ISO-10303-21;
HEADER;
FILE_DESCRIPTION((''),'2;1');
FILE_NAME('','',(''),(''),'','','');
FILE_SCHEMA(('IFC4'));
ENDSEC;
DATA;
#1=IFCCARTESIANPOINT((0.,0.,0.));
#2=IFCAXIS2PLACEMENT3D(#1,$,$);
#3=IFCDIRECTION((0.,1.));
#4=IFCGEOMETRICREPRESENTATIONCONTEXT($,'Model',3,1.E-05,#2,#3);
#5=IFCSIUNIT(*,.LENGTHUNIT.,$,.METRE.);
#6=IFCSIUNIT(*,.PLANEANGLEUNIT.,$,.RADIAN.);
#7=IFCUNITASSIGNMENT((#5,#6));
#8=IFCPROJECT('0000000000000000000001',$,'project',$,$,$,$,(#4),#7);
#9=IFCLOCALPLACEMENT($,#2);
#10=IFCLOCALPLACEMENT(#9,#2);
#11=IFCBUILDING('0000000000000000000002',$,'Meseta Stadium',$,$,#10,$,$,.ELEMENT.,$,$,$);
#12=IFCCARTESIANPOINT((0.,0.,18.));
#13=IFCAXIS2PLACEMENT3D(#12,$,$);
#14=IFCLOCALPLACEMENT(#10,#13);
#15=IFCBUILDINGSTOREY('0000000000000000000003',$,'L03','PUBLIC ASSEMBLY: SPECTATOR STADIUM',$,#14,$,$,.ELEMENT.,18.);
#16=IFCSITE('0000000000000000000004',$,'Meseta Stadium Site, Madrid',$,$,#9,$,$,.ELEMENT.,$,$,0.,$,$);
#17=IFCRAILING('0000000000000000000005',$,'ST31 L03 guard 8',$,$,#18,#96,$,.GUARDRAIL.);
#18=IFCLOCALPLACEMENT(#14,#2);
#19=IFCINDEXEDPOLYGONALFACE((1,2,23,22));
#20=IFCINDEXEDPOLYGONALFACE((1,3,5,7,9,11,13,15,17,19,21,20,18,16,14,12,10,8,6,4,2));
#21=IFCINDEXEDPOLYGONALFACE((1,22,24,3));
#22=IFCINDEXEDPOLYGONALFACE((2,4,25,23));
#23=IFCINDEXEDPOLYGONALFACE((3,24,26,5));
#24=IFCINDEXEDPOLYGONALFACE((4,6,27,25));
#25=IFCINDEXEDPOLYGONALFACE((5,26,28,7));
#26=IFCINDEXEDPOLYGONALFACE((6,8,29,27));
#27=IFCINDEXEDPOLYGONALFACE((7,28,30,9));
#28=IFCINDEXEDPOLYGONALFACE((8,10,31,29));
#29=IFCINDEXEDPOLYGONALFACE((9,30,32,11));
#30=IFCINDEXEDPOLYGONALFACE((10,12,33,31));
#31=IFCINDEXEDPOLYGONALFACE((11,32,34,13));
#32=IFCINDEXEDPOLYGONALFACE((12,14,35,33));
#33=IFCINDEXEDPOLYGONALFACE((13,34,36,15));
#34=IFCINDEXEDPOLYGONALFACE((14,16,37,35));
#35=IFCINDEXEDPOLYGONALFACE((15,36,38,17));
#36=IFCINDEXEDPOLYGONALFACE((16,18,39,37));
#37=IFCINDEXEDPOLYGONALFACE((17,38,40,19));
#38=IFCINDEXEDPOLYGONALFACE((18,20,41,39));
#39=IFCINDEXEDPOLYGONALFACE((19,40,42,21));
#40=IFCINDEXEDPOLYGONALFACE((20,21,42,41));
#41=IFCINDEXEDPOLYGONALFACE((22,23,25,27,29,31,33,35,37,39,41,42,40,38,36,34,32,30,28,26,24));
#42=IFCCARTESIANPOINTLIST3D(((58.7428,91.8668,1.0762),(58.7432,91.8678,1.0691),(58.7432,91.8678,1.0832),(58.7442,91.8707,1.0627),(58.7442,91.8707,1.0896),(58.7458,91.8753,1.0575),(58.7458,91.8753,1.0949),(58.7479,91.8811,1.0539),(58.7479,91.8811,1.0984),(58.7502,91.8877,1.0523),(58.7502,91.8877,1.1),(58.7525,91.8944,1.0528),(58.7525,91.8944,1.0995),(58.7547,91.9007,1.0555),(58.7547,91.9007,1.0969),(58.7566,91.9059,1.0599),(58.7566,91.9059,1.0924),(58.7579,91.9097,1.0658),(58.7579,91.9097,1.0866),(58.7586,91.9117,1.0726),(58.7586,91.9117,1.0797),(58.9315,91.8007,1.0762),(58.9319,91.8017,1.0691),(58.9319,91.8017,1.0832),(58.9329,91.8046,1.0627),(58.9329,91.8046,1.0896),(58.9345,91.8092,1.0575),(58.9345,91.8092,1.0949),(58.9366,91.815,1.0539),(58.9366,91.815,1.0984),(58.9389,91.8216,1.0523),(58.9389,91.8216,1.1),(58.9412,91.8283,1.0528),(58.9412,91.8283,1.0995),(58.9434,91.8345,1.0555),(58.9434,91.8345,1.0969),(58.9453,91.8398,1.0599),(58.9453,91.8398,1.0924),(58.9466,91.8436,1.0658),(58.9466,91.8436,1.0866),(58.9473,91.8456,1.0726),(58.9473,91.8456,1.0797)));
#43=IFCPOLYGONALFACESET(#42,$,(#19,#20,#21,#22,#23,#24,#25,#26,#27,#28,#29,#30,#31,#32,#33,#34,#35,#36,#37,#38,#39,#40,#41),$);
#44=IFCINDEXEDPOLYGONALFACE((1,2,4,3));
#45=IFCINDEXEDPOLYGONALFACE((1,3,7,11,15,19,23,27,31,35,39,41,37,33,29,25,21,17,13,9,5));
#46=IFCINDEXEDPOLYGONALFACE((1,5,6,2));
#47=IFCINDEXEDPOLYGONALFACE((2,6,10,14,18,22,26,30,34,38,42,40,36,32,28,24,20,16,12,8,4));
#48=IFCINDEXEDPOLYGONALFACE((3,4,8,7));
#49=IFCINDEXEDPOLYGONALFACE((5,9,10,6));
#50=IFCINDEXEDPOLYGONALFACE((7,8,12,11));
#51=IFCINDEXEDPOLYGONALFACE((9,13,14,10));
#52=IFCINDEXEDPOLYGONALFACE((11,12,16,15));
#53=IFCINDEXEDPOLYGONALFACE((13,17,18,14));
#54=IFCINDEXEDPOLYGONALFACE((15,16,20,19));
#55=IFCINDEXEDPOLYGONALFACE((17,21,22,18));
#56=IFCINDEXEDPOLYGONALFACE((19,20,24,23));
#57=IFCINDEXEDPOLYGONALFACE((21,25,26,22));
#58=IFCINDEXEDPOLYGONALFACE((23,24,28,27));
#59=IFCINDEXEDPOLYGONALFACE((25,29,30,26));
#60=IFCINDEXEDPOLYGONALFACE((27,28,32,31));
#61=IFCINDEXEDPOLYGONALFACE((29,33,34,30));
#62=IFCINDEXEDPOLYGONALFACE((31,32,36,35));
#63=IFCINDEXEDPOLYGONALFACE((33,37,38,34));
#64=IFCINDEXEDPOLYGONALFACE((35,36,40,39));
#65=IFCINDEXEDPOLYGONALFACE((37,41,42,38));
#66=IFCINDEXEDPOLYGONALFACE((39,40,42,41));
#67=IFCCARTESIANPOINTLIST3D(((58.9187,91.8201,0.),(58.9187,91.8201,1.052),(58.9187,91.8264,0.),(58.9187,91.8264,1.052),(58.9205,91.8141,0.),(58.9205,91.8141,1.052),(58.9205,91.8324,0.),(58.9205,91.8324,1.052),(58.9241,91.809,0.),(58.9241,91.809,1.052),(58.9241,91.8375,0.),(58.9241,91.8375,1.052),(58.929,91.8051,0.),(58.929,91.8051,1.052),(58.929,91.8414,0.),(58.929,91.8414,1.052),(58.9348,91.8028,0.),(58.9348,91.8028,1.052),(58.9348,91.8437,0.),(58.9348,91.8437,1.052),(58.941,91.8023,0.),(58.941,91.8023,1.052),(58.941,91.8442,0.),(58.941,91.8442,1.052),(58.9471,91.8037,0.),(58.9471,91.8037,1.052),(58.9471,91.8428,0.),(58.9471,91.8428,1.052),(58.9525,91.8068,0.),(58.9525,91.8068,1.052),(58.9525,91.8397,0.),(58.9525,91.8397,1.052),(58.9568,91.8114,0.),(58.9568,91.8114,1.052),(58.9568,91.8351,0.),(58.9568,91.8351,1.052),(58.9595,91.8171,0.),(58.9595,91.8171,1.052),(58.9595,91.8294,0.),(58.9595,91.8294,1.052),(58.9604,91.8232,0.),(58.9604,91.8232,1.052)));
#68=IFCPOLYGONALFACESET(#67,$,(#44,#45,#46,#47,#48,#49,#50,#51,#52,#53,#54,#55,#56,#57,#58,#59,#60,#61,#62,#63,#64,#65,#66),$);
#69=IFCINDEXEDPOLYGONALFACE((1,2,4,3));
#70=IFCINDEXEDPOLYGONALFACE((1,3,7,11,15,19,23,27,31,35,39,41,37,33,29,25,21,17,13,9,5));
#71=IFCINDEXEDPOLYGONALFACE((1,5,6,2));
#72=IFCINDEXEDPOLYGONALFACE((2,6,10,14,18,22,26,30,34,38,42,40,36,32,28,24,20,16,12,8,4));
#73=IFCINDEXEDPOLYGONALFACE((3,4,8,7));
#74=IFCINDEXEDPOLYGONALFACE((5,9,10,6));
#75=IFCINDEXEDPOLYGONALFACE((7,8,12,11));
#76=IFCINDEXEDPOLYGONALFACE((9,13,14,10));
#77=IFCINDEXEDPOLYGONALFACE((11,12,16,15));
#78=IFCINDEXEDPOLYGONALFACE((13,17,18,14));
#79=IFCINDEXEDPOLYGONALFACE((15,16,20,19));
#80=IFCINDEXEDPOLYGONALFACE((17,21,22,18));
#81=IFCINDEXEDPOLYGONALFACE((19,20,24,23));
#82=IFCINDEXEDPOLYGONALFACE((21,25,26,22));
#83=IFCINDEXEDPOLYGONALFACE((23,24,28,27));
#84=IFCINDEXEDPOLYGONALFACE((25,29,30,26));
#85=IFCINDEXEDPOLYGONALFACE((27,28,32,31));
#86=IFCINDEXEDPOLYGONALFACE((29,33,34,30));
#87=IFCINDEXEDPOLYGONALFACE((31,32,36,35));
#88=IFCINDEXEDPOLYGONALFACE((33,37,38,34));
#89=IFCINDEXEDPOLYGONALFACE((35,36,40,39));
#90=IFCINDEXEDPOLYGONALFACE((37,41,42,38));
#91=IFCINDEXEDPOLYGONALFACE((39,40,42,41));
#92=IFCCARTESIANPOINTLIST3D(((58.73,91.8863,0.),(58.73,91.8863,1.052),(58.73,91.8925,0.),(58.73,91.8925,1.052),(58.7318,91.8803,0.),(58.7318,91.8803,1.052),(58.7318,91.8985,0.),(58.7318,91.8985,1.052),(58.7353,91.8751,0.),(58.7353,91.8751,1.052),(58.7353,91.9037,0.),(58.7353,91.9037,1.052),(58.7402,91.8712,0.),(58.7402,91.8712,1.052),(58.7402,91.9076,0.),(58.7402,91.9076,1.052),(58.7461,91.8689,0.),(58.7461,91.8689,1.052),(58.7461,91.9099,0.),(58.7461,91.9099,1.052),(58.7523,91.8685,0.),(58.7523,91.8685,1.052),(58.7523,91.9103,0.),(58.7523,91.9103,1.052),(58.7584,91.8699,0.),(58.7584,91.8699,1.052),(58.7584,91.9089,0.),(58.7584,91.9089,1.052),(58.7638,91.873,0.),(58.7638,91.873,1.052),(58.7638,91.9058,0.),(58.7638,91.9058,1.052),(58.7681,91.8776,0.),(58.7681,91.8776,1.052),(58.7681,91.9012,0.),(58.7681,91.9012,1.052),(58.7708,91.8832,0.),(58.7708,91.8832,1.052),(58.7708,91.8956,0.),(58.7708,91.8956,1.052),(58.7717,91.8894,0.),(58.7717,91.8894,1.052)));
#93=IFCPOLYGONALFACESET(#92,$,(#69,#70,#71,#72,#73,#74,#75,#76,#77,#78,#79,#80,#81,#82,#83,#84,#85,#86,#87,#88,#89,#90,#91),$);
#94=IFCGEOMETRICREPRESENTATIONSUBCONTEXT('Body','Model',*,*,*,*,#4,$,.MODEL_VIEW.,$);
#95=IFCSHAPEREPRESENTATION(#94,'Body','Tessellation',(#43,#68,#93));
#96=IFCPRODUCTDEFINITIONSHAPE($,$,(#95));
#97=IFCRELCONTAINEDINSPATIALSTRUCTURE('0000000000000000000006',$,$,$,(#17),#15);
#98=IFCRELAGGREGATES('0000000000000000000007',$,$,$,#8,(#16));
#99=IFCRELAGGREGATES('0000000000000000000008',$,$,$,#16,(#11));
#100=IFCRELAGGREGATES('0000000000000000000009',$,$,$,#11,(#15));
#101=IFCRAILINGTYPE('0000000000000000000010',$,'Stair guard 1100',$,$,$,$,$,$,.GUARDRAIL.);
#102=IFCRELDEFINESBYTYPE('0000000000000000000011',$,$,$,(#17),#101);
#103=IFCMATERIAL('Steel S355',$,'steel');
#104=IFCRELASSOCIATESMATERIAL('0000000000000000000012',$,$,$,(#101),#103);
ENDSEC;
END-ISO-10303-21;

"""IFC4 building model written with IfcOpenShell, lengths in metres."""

from ifc_helpers import new_model, si_unit, direction, frame, origin, origin_2d, place, context, subcontext, project, spatial, circle, extrude, material, type_object, element, save


model = new_model("IFC4")

# Units and contexts
model_context = context("Model", 3, precision=1e-05, world=origin(), true_north=direction((0.0, 1.0)))
body_context = subcontext(model_context, "Body", "Model", "MODEL_VIEW")
ifc_project = project(units=[si_unit("LENGTHUNIT", "METRE"), si_unit("PLANEANGLEUNIT", "RADIAN")], contexts=[model_context])

# Site, building, storey
site_placement = place(None, origin())
site = spatial("IfcSite", under=ifc_project, at=site_placement, Name="Meseta Stadium Site, Madrid", CompositionType="ELEMENT", RefElevation=0.0)
building_placement = place(site_placement, origin())
building = spatial("IfcBuilding", under=site, at=building_placement, Name="Meseta Stadium", CompositionType="ELEMENT")
storey_placement = place(building_placement, frame((0.0, 0.0, 18.0)))
storey = spatial("IfcBuildingStorey", under=building, at=storey_placement, Name="L03", Description="PUBLIC ASSEMBLY: SPECTATOR STADIUM", CompositionType="ELEMENT", Elevation=18.0)

# Railing
ifc_material_1 = material(Name="Steel S355", Category="steel")
railing_type_1 = type_object("IfcRailingType", Name="Stair guard 1100", PredefinedType="GUARDRAIL", material=ifc_material_1)
railing_1_placement = place(storey_placement, frame((58.9395, 91.8232, 0.0)))
element("IfcRailing", 1, at=railing_1_placement, inside=storey, type_object=railing_type_1, Name="ST31 L03 guard 8", PredefinedType="GUARDRAIL", context=body_context, shape_type="SweptSolid", body=[
    extrude(circle(Radius=0.0239, at=origin_2d()), frame((0.0, 0.0, 1.0762), z_axis=(-0.943687, 0.33084, 0.0), x_axis=(-0.33084, -0.943687, 0.0)), (0.0, 0.0, 1.0), 0.2),
    extrude(circle(Radius=0.021, at=origin_2d()), origin(), (0.0, 0.0, 1.0), 1.052),
    extrude(circle(Radius=0.021, at=origin_2d()), frame((-0.1887, 0.0662, 0.0)), (0.0, 0.0, 1.0), 1.052),
])

save(model, "model.ifc")
